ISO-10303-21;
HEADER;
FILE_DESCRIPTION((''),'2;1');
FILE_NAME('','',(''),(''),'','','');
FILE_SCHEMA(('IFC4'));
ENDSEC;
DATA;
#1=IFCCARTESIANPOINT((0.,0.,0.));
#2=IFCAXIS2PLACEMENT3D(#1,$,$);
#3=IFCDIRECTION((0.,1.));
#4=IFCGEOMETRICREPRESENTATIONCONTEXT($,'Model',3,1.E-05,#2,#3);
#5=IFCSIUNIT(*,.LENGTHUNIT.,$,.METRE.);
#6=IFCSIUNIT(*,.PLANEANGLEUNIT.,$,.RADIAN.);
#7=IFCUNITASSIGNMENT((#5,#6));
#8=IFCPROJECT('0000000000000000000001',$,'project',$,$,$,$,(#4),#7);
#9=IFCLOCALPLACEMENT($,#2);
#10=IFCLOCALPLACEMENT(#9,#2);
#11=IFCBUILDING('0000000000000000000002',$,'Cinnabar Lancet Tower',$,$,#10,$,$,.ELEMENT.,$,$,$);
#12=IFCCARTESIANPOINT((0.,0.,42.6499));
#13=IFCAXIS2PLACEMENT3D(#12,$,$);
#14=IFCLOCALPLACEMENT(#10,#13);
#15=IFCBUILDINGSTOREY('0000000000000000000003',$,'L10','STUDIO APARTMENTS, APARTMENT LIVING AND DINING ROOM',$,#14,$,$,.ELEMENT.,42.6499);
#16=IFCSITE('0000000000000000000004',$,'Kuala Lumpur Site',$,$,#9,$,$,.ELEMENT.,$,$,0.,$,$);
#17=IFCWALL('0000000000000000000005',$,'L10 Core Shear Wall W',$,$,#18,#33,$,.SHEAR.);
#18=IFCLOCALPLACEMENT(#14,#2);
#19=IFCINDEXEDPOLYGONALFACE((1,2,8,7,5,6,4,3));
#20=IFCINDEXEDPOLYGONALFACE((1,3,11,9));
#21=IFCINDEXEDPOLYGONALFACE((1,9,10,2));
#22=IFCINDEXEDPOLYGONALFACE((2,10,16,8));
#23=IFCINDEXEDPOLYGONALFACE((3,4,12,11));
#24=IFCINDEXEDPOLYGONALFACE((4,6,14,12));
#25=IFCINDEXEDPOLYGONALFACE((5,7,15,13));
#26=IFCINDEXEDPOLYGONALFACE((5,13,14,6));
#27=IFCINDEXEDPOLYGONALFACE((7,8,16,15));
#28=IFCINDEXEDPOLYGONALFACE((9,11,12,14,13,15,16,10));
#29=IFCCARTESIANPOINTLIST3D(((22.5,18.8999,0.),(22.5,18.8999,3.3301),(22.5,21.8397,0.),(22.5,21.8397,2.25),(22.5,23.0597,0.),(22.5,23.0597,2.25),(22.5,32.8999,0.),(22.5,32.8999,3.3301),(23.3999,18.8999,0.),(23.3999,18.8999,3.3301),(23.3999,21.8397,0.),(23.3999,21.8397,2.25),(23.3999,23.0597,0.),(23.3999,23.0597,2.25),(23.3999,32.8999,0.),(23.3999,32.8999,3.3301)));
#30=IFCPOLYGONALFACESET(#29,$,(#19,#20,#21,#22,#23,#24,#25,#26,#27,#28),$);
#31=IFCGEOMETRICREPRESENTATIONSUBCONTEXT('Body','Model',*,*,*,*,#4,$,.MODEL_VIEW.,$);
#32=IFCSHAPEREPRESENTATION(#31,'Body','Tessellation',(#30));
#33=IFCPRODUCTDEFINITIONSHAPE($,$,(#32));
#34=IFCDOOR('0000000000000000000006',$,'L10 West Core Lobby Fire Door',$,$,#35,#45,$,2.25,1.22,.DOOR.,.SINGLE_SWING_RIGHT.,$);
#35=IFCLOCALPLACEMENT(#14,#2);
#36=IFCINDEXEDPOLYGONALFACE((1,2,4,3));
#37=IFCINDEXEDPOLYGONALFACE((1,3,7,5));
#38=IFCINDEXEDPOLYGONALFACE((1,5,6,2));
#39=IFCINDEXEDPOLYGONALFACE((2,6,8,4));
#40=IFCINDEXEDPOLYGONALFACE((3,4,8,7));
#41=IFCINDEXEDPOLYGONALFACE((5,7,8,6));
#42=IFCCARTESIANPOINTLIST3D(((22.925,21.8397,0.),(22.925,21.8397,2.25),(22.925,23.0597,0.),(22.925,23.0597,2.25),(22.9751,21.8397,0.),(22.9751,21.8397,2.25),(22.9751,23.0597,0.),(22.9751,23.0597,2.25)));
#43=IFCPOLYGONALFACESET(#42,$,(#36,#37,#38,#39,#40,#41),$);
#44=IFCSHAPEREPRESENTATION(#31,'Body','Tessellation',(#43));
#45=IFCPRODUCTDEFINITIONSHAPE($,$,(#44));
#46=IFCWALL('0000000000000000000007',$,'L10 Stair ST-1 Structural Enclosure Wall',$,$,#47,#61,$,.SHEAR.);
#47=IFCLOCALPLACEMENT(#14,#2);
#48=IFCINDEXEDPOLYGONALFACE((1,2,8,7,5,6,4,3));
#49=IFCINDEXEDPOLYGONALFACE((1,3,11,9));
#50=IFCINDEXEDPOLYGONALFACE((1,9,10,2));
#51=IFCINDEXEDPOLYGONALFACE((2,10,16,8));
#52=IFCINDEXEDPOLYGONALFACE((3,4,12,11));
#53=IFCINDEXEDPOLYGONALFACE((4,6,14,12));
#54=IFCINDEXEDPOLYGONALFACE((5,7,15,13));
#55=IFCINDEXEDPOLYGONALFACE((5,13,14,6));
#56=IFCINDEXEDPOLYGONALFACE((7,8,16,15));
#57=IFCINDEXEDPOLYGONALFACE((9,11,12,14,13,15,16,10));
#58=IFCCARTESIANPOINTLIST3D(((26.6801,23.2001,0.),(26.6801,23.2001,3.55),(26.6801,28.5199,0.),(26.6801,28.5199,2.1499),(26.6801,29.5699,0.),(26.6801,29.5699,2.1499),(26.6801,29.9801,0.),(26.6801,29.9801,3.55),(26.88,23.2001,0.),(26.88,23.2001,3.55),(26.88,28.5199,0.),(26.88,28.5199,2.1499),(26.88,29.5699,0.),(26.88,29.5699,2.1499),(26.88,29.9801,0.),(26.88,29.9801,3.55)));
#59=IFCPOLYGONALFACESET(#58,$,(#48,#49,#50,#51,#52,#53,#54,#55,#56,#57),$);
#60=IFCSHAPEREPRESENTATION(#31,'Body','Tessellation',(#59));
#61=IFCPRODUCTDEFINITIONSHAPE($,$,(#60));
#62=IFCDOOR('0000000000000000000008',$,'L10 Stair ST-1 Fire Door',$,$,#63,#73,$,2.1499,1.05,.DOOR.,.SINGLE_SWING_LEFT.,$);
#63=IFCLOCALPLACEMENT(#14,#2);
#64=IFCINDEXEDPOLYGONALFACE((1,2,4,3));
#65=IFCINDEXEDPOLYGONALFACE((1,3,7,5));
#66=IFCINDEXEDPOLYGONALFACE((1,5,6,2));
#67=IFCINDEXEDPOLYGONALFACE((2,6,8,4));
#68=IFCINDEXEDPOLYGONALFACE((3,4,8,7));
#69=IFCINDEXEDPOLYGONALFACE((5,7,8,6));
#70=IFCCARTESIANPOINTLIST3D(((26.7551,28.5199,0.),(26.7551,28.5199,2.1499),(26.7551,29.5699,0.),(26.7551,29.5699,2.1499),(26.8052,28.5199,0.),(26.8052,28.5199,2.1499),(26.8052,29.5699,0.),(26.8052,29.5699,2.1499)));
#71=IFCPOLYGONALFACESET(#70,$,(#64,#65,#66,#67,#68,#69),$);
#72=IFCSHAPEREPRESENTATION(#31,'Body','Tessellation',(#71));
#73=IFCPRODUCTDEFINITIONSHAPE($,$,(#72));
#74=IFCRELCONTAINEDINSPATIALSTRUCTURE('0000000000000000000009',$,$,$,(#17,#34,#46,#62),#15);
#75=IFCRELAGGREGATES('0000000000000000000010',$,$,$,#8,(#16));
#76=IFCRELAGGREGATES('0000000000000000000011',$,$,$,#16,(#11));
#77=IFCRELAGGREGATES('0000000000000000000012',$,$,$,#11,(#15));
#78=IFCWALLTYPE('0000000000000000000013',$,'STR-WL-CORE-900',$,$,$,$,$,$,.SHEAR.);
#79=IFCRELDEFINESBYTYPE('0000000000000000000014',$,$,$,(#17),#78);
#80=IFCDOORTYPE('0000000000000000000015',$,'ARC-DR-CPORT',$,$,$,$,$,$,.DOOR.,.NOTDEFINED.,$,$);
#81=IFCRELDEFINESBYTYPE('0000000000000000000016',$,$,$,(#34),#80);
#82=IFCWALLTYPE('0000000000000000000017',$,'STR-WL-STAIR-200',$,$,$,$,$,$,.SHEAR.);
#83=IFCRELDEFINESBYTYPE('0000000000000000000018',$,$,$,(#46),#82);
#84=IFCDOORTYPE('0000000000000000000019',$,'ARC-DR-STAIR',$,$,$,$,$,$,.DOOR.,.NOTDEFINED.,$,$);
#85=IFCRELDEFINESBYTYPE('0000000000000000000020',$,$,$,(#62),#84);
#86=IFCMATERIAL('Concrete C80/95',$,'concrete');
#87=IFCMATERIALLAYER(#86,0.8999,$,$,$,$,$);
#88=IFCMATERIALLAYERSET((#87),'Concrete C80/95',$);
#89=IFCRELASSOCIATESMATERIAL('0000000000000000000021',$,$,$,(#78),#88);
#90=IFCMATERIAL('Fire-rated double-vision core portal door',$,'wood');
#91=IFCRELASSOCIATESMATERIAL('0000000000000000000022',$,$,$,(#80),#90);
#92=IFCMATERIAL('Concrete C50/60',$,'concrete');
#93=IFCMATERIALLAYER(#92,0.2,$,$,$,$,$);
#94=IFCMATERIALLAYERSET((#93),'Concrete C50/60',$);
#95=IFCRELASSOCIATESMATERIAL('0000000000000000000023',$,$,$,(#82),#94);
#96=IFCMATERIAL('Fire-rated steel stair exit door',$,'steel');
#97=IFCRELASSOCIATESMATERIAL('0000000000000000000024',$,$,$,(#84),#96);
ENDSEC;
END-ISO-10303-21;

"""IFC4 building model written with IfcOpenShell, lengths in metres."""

from ifc_helpers import new_model, si_unit, direction, frame, frame_2d, origin, place, context, subcontext, project, spatial, rectangle, extrude, material, layer, layer_set, type_object, element, fill, save


model = new_model("IFC4")

# Units and contexts
model_context = context("Model", 3, precision=1e-05, world=origin(), true_north=direction((0.0, 1.0)))
body_context = subcontext(model_context, "Body", "Model", "MODEL_VIEW")
ifc_project = project(units=[si_unit("LENGTHUNIT", "METRE"), si_unit("PLANEANGLEUNIT", "RADIAN")], contexts=[model_context])

# Site, building, storey
site_placement = place(None, origin())
site = spatial("IfcSite", under=ifc_project, at=site_placement, Name="Kuala Lumpur Site", CompositionType="ELEMENT", RefElevation=0.0)
building_placement = place(site_placement, origin())
building = spatial("IfcBuilding", under=site, at=building_placement, Name="Cinnabar Lancet Tower", CompositionType="ELEMENT")
storey_placement = place(building_placement, frame((0.0, 0.0, 42.6499)))
storey = spatial("IfcBuildingStorey", under=building, at=storey_placement, Name="L10", Description="STUDIO APARTMENTS, APARTMENT LIVING AND DINING ROOM", CompositionType="ELEMENT", Elevation=42.6499)

# Walls, openings, doors
ifc_material_1 = material(Name="Concrete C80/95", Category="concrete")
ifc_layer_1 = layer(ifc_material_1, 0.8999)
ifc_layer_set_1 = layer_set([ifc_layer_1], Name="Concrete C80/95")
wall_type_1 = type_object("IfcWallType", Name="STR-WL-CORE-900", PredefinedType="SHEAR", material=ifc_layer_set_1)
wall_1_placement = place(storey_placement, frame((22.95, 18.8999, 0.0), z_axis=(0.0, 0.0, 1.0), x_axis=(0.0, 1.0, 0.0)))
wall_1 = element("IfcWall", 1, at=wall_1_placement, inside=storey, type_object=wall_type_1, Name="L10 Core Shear Wall W", PredefinedType="SHEAR", context=body_context, shape_type="SweptSolid", body=[
    extrude(rectangle(XDim=14.0, YDim=0.8999, at=frame_2d((7.0, 0.0))), origin(), (0.0, 0.0, 1.0), 3.3301),
])
opening_1_placement = place(wall_1_placement, frame((2.9399, 0.0, 0.0)))
opening_1 = element("IfcOpeningElement", 2, at=opening_1_placement, cuts=wall_1, PredefinedType="OPENING", context=body_context, shape_type="SweptSolid", body=[
    extrude(rectangle(XDim=1.22, YDim=2.25, at=frame_2d((0.6099, 1.125))), frame((0.0, 0.46, 0.0), z_axis=(0.0, -1.0, 0.0), x_axis=(1.0, 0.0, 0.0)), (0.0, 0.0, 1.0), 0.9199),
])
ifc_material_2 = material(Name="Fire-rated double-vision core portal door", Category="wood")
door_type_1 = type_object("IfcDoorType", Name="ARC-DR-CPORT", OperationType="NOTDEFINED", PredefinedType="DOOR", material=ifc_material_2)
door_1_placement = place(opening_1_placement, origin())
door_1 = element("IfcDoor", 3, at=door_1_placement, inside=storey, type_object=door_type_1, Name="L10 West Core Lobby Fire Door", OperationType="SINGLE_SWING_RIGHT", OverallHeight=2.25, OverallWidth=1.22, PredefinedType="DOOR", context=body_context, shape_type="SweptSolid", body=[
    extrude(rectangle(XDim=1.22, YDim=2.25, at=frame_2d((0.6099, 1.125))), frame((0.0, 0.0249, 0.0), z_axis=(0.0, -1.0, 0.0), x_axis=(1.0, 0.0, 0.0)), (0.0, 0.0, 1.0), 0.05),
])
fill(opening_1, door_1)
ifc_material_3 = material(Name="Concrete C50/60", Category="concrete")
ifc_layer_2 = layer(ifc_material_3, 0.2)
ifc_layer_set_2 = layer_set([ifc_layer_2], Name="Concrete C50/60")
wall_type_2 = type_object("IfcWallType", Name="STR-WL-STAIR-200", PredefinedType="SHEAR", material=ifc_layer_set_2)
wall_2_placement = place(storey_placement, frame((26.78, 23.2, 0.0), z_axis=(0.0, 0.0, 1.0), x_axis=(0.0, 1.0, 0.0)))
wall_2 = element("IfcWall", 4, at=wall_2_placement, inside=storey, type_object=wall_type_2, Name="L10 Stair ST-1 Structural Enclosure Wall", PredefinedType="SHEAR", context=body_context, shape_type="SweptSolid", body=[
    extrude(rectangle(XDim=6.78, YDim=0.2, at=frame_2d((3.3901, 0.0))), origin(), (0.0, 0.0, 1.0), 3.55),
])
opening_2_placement = place(wall_2_placement, frame((5.3201, 0.0, 0.0)))
opening_2 = element("IfcOpeningElement", 5, at=opening_2_placement, cuts=wall_2, PredefinedType="OPENING", context=body_context, shape_type="SweptSolid", body=[
    extrude(rectangle(XDim=1.05, YDim=2.1499, at=frame_2d((0.5249, 1.075))), frame((0.0, 0.1099, 0.0), z_axis=(0.0, -1.0, 0.0), x_axis=(1.0, 0.0, 0.0)), (0.0, 0.0, 1.0), 0.22),
])
ifc_material_4 = material(Name="Fire-rated steel stair exit door", Category="steel")
door_type_2 = type_object("IfcDoorType", Name="ARC-DR-STAIR", OperationType="NOTDEFINED", PredefinedType="DOOR", material=ifc_material_4)
door_2_placement = place(opening_2_placement, origin())
door_2 = element("IfcDoor", 6, at=door_2_placement, inside=storey, type_object=door_type_2, Name="L10 Stair ST-1 Fire Door", OperationType="SINGLE_SWING_LEFT", OverallHeight=2.1499, OverallWidth=1.05, PredefinedType="DOOR", context=body_context, shape_type="SweptSolid", body=[
    extrude(rectangle(XDim=1.05, YDim=2.1499, at=frame_2d((0.5249, 1.075))), frame((0.0, 0.0249, 0.0), z_axis=(0.0, -1.0, 0.0), x_axis=(1.0, 0.0, 0.0)), (0.0, 0.0, 1.0), 0.05),
])
fill(opening_2, door_2)

save(model, "model.ifc")
